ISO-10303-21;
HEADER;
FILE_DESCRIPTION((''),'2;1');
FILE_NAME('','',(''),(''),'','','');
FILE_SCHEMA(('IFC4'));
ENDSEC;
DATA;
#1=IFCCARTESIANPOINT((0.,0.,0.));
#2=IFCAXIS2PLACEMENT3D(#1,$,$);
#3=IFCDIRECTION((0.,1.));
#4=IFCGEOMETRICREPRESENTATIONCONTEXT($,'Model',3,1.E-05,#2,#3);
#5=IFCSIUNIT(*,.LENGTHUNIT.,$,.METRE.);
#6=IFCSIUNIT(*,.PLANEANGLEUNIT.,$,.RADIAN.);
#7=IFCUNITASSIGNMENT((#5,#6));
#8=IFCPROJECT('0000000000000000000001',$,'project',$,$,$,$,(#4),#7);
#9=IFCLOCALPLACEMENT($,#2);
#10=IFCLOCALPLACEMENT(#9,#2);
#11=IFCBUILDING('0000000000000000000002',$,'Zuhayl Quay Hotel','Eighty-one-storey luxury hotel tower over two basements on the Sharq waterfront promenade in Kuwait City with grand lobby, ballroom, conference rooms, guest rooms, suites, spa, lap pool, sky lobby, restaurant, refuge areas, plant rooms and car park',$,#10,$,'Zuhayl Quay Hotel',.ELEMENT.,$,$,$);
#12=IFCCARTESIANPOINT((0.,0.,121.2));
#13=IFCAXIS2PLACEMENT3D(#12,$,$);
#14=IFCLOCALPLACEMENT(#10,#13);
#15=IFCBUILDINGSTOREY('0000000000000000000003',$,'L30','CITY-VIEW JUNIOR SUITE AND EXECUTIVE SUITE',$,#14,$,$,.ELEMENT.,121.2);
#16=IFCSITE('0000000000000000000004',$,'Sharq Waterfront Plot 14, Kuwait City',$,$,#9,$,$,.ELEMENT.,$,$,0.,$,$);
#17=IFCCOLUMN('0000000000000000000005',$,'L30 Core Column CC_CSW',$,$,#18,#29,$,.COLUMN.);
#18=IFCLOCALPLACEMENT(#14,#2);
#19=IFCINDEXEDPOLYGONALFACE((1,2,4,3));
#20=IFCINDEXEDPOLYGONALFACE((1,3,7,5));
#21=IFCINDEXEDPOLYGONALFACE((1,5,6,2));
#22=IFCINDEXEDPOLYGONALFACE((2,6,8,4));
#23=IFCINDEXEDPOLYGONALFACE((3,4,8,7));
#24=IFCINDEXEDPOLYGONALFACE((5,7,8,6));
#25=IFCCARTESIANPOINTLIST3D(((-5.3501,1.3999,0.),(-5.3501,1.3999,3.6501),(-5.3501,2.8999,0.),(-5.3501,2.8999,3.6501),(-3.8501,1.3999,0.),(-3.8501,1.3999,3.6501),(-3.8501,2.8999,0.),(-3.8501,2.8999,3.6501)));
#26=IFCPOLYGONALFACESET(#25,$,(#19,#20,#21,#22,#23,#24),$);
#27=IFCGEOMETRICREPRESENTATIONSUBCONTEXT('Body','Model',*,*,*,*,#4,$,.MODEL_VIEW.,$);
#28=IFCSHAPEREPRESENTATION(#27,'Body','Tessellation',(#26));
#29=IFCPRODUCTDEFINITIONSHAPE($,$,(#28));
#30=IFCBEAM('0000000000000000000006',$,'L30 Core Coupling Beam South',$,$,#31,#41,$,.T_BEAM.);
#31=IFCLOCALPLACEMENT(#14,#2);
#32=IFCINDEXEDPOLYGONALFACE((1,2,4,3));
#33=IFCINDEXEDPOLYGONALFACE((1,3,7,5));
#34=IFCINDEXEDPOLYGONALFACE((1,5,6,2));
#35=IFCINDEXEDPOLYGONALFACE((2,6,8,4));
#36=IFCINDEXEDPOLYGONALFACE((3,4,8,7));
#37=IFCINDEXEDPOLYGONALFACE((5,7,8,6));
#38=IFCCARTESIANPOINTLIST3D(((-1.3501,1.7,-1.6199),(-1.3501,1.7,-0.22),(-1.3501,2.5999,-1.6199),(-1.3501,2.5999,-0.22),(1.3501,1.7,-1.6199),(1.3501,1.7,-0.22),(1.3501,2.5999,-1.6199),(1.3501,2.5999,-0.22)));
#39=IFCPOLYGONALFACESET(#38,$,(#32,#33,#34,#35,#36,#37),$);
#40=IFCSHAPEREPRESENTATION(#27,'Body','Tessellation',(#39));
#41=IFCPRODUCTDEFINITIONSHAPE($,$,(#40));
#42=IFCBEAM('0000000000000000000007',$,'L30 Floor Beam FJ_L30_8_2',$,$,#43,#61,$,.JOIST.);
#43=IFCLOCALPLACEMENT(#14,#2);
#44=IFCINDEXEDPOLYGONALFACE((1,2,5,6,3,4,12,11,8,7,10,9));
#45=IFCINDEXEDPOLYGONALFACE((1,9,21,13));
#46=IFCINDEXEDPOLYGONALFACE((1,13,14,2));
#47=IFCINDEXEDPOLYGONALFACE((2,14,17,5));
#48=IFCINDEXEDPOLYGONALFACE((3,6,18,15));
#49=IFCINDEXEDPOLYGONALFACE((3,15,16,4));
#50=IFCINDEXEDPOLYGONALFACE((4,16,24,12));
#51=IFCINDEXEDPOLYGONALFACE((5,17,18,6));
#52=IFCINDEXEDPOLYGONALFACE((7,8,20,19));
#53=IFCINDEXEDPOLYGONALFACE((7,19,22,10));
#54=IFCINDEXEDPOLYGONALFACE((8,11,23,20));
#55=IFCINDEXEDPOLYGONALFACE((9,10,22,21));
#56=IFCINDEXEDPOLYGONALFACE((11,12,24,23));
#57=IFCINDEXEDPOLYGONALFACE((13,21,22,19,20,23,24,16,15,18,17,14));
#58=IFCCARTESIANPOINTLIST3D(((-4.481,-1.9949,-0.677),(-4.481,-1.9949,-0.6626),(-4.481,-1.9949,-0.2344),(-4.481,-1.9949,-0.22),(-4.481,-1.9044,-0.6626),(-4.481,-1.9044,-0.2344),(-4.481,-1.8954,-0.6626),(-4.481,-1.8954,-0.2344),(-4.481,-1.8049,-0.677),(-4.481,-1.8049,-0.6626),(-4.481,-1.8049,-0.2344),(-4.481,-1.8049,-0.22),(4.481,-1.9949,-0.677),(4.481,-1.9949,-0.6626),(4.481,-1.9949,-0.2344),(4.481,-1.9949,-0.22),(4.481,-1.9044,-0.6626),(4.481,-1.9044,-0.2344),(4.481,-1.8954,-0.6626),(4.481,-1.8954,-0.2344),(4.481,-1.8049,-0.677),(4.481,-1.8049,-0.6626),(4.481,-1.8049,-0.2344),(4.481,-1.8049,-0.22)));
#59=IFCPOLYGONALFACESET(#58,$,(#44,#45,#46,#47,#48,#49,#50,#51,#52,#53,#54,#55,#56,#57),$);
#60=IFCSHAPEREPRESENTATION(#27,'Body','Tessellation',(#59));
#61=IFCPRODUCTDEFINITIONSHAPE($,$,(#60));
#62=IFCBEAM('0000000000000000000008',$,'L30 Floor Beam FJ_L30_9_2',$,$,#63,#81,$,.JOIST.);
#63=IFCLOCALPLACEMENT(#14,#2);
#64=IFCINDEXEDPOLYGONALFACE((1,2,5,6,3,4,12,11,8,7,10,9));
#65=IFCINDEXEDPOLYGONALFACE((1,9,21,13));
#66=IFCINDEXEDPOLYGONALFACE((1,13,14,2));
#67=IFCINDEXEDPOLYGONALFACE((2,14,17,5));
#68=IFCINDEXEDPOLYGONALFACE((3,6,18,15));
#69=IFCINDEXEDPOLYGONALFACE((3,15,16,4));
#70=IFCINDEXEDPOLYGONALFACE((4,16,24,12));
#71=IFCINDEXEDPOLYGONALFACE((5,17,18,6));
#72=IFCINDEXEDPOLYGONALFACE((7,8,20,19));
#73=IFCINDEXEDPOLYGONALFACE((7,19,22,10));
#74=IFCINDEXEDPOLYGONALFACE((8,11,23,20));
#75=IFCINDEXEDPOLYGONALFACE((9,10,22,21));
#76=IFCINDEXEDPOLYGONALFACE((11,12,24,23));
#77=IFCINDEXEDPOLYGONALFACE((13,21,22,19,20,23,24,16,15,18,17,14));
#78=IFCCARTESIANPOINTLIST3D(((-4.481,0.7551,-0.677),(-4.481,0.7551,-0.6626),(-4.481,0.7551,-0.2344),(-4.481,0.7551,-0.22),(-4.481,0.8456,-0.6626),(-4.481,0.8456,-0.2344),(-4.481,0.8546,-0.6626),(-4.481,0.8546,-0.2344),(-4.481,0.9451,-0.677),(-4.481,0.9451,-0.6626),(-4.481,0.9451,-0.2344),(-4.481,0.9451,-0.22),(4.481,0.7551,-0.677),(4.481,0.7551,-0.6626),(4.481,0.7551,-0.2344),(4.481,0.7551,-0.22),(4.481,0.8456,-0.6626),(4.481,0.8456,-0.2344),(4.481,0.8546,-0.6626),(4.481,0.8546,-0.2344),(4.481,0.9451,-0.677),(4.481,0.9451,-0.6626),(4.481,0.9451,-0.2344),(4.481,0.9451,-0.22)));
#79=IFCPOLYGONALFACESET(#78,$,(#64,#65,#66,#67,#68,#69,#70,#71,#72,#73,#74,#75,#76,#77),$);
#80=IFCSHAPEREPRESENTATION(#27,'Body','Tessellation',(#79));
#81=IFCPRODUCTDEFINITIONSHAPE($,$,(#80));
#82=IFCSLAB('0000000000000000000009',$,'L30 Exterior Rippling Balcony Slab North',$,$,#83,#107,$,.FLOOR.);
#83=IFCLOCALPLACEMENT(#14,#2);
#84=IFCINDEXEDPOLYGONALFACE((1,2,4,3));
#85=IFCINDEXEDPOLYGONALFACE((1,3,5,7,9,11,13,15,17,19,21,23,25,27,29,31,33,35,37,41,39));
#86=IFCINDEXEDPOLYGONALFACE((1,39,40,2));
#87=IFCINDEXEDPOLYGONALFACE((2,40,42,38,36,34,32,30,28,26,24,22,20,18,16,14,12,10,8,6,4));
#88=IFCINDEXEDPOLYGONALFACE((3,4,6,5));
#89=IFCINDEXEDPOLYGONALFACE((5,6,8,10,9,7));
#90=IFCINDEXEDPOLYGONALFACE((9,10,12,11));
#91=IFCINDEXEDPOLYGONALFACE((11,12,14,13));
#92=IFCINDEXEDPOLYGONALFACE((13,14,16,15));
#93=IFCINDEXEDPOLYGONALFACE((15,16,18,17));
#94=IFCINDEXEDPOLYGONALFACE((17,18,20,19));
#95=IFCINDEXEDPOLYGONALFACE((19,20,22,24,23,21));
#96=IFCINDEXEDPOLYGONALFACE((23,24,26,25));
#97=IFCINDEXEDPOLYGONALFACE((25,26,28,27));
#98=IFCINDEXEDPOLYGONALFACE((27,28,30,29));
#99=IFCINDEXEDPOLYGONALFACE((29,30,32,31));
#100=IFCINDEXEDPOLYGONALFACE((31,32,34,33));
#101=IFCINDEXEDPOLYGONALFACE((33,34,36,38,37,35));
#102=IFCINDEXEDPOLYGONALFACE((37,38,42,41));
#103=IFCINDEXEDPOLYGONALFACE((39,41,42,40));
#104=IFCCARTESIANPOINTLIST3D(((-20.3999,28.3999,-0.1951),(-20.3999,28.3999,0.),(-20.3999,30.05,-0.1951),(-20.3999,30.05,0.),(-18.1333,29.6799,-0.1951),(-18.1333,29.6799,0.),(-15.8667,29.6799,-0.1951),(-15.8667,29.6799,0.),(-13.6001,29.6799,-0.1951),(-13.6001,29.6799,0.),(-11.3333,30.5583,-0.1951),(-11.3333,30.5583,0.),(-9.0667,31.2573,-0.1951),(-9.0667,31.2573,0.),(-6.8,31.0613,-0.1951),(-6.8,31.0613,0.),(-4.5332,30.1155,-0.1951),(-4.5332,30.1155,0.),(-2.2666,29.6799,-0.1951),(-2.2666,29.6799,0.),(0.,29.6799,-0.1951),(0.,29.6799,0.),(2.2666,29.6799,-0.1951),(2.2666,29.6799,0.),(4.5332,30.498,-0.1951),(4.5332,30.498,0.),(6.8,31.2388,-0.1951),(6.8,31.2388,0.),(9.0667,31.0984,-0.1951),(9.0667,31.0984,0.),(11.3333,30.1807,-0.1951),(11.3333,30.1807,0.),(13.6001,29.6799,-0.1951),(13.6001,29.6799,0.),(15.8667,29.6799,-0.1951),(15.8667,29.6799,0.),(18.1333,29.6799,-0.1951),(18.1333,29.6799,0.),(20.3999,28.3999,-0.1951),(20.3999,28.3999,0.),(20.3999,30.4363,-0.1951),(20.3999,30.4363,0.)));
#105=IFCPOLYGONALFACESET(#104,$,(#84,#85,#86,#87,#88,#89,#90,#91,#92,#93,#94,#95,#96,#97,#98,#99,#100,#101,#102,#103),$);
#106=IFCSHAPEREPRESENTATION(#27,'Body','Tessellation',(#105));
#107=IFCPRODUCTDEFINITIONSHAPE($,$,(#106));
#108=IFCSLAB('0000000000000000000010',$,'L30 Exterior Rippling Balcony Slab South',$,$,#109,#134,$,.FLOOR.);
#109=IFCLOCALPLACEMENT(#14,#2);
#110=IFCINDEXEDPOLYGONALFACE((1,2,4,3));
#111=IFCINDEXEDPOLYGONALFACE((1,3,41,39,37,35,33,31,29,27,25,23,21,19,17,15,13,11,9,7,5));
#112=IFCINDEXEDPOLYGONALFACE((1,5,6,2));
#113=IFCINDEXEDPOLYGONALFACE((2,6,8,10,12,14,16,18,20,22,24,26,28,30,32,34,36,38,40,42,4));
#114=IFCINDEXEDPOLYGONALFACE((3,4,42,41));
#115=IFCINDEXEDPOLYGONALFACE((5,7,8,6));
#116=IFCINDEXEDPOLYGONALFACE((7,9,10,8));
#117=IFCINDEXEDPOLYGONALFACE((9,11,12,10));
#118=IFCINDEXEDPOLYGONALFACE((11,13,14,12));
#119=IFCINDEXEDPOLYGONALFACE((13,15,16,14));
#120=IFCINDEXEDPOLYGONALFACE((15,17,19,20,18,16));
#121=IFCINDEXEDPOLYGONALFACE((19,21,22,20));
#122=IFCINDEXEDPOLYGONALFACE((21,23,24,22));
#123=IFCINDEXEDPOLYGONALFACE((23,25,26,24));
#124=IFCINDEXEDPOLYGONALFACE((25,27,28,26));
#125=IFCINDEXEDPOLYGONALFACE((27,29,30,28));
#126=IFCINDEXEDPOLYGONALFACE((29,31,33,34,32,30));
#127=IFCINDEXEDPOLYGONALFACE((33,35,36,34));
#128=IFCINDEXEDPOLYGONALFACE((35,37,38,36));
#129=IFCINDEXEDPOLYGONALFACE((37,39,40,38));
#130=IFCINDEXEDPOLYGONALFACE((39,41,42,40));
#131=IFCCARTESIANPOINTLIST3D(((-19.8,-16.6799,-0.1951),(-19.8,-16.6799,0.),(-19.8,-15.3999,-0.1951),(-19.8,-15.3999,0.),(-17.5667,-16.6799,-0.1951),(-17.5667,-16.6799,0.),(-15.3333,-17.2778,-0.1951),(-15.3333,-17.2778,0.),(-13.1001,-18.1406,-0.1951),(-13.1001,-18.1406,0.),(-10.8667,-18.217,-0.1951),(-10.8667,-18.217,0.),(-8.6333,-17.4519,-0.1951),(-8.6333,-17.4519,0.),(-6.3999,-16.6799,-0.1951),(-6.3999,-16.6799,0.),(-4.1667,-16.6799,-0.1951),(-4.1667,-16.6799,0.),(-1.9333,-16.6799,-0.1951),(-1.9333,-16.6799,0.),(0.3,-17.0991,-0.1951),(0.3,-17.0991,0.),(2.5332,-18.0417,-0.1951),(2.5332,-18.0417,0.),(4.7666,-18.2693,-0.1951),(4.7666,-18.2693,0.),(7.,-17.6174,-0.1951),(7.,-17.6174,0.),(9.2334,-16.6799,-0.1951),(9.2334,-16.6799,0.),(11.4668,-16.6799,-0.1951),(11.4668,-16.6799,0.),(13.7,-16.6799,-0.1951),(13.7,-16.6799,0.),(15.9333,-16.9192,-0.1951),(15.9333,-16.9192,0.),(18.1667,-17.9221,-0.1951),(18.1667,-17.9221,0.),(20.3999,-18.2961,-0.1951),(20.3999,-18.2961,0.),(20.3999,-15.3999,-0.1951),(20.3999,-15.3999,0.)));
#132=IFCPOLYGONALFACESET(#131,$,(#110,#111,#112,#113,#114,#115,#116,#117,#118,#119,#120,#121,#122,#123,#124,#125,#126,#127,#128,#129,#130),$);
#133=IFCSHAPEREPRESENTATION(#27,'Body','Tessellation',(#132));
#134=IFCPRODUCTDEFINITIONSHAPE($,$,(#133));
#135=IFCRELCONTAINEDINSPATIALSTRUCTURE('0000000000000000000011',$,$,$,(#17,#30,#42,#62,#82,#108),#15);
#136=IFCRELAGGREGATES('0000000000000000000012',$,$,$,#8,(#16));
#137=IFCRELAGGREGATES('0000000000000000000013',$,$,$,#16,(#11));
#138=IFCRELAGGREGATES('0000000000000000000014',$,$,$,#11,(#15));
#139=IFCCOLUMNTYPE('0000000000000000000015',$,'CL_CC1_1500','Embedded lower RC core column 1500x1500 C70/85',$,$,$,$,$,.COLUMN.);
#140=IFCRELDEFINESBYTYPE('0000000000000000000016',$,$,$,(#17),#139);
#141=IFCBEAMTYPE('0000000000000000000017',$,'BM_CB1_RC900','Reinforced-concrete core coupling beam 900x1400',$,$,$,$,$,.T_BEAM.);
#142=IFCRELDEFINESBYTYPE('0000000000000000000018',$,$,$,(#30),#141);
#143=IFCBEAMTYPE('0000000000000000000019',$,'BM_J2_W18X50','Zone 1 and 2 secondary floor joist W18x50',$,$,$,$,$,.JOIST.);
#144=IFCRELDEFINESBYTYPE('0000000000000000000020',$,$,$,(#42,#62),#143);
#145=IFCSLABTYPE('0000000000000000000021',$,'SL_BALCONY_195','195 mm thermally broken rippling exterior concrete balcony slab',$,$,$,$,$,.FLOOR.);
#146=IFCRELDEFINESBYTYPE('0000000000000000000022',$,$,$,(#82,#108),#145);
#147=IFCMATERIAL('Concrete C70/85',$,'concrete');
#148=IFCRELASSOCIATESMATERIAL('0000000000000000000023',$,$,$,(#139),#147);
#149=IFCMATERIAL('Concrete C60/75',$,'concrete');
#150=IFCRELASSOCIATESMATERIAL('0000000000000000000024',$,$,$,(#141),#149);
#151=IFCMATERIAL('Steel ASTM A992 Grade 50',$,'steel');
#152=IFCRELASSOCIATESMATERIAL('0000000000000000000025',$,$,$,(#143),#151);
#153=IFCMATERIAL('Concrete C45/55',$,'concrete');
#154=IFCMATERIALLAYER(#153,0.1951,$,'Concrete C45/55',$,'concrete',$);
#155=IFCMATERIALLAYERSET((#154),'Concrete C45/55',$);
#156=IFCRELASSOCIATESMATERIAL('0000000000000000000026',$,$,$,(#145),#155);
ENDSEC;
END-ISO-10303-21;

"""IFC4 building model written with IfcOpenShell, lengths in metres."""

from ifc_helpers import new_model, si_unit, direction, frame, origin, origin_2d, place, context, subcontext, project, spatial, polyline, rectangle, i_section, outline, extrude, material, layer, layer_set, material_profile, profile_set, type_object, element, save


model = new_model("IFC4")

# Units and contexts
model_context = context("Model", 3, precision=1e-05, world=origin(), true_north=direction((0.0, 1.0)))
body_context = subcontext(model_context, "Body", "Model", "MODEL_VIEW")
ifc_project = project(units=[si_unit("LENGTHUNIT", "METRE"), si_unit("PLANEANGLEUNIT", "RADIAN")], contexts=[model_context])

# Site, building, storey
site_placement = place(None, origin())
site = spatial("IfcSite", under=ifc_project, at=site_placement, Name="Sharq Waterfront Plot 14, Kuwait City", CompositionType="ELEMENT", RefElevation=0.0)
building_placement = place(site_placement, origin())
building = spatial("IfcBuilding", under=site, at=building_placement, Name="Zuhayl Quay Hotel", Description="Eighty-one-storey luxury hotel tower over two basements on the Sharq waterfront promenade in Kuwait City with grand lobby, ballroom, conference rooms, guest rooms, suites, spa, lap pool, sky lobby, restaurant, refuge areas, plant rooms and car park", LongName="Zuhayl Quay Hotel", CompositionType="ELEMENT")
storey_placement = place(building_placement, frame((0.0, 0.0, 121.2)))
storey = spatial("IfcBuildingStorey", under=building, at=storey_placement, Name="L30", Description="CITY-VIEW JUNIOR SUITE AND EXECUTIVE SUITE", CompositionType="ELEMENT", Elevation=121.2)

# Column
ifc_material_1 = material(Name="Concrete C70/85", Category="concrete")
ifc_material_profile_1 = material_profile(ifc_material_1, rectangle(XDim=1.5, YDim=1.5, at=origin_2d()), Name="RC1500X1500")
ifc_profile_set_1 = profile_set([ifc_material_profile_1], Name="Concrete C70/85")
column_type = type_object("IfcColumnType", Name="CL_CC1_1500", Description="Embedded lower RC core column 1500x1500 C70/85", PredefinedType="COLUMN", material=ifc_profile_set_1)
column_placement = place(storey_placement, frame((-4.6001, 2.1499, 0.0), z_axis=(0.0, 0.0, 1.0), x_axis=(1.0, 0.0, 0.0)))
element("IfcColumn", 1, at=column_placement, inside=storey, type_object=column_type, Name="L30 Core Column CC_CSW", PredefinedType="COLUMN", context=body_context, shape_type="SweptSolid", body=[
    extrude(rectangle(XDim=1.5, YDim=1.5, at=origin_2d()), origin(), (0.0, 0.0, 1.0), 3.6501),
])

# Beams
ifc_material_2 = material(Name="Concrete C60/75", Category="concrete")
ifc_material_profile_2 = material_profile(ifc_material_2, rectangle(XDim=0.8999, YDim=1.3999, at=origin_2d()), Name="RC900X1400")
ifc_profile_set_2 = profile_set([ifc_material_profile_2], Name="Concrete C60/75")
beam_type_1 = type_object("IfcBeamType", Name="BM_CB1_RC900", Description="Reinforced-concrete core coupling beam 900x1400", PredefinedType="T_BEAM", material=ifc_profile_set_2)
beam_placement = place(storey_placement, frame((-1.3501, 2.1499, -0.9199), z_axis=(1.0, 0.0, 0.0), x_axis=(0.0, 1.0, 0.0)))
element("IfcBeam", 2, at=beam_placement, inside=storey, type_object=beam_type_1, Name="L30 Core Coupling Beam South", PredefinedType="T_BEAM", context=body_context, shape_type="SweptSolid", body=[
    extrude(rectangle(XDim=0.8999, YDim=1.3999, at=origin_2d()), origin(), (0.0, 0.0, 1.0), 2.7002),
])
ifc_material_3 = material(Name="Steel ASTM A992 Grade 50", Category="steel")
ifc_material_profile_3 = material_profile(ifc_material_3, i_section(OverallWidth=0.1899, OverallDepth=0.457, WebThickness=0.009, FlangeThickness=0.0144, at=origin_2d()), Name="W18X50")
ifc_profile_set_3 = profile_set([ifc_material_profile_3], Name="Steel ASTM A992 Grade 50")
beam_type_2 = type_object("IfcBeamType", Name="BM_J2_W18X50", Description="Zone 1 and 2 secondary floor joist W18x50", PredefinedType="JOIST", material=ifc_profile_set_3)
for number, where, z_axis, x_axis, name in (
    (3, (-4.481, -1.8999, -0.4485), (1.0, 0.0, 0.0), (0.0, 1.0, 0.0), "L30 Floor Beam FJ_L30_8_2"),
    (4, (-4.481, 0.8501, -0.4485), (1.0, 0.0, 0.0), (0.0, 1.0, 0.0), "L30 Floor Beam FJ_L30_9_2"),
):
    element("IfcBeam", number, at=place(storey_placement, frame(where, z_axis=z_axis, x_axis=x_axis)), inside=storey, type_object=beam_type_2, Name=name, PredefinedType="JOIST", context=body_context, shape_type="SweptSolid", body=[
        extrude(i_section(OverallWidth=0.1899, OverallDepth=0.457, WebThickness=0.009, FlangeThickness=0.0144, at=origin_2d()), origin(), (0.0, 0.0, 1.0), 8.9619),
    ])

# Slabs
ifc_material_4 = material(Name="Concrete C45/55", Category="concrete")
ifc_layer_1 = layer(ifc_material_4, 0.1951, Name="Concrete C45/55", Category="concrete")
ifc_layer_set_1 = layer_set([ifc_layer_1], Name="Concrete C45/55")
slab_type_1 = type_object("IfcSlabType", Name="SL_BALCONY_195", Description="195 mm thermally broken rippling exterior concrete balcony slab", PredefinedType="FLOOR", material=ifc_layer_set_1)
slab_1_placement = place(storey_placement, frame((0.0, 0.0, -0.1951)))
element("IfcSlab", 5, at=slab_1_placement, inside=storey, type_object=slab_type_1, Name="L30 Exterior Rippling Balcony Slab North", PredefinedType="FLOOR", context=body_context, shape_type="SweptSolid", body=[
    extrude(outline(polyline([(-20.3999, 28.3999), (20.3999, 28.3999), (20.3999, 30.4363), (18.1333, 29.6799), (15.8667, 29.6799), (13.6001, 29.6799), (11.3333, 30.1807), (9.0667, 31.0984), (6.8, 31.2388), (4.5332, 30.498), (2.2666, 29.6799), (0.0, 29.6799), (-2.2666, 29.6799), (-4.5332, 30.1155), (-6.8, 31.0613), (-9.0667, 31.2573), (-11.3333, 30.5583), (-13.6001, 29.6799), (-15.8667, 29.6799), (-18.1333, 29.6799), (-20.3999, 30.05), (-20.3999, 28.3999)])), origin(), (0.0, 0.0, 1.0), 0.1951),
])
slab_2_placement = place(storey_placement, frame((0.0, 0.0, -0.1951)))
element("IfcSlab", 6, at=slab_2_placement, inside=storey, type_object=slab_type_1, Name="L30 Exterior Rippling Balcony Slab South", PredefinedType="FLOOR", context=body_context, shape_type="SweptSolid", body=[
    extrude(outline(polyline([(-19.8, -16.6799), (-17.5667, -16.6799), (-15.3333, -17.2778), (-13.1001, -18.1406), (-10.8667, -18.217), (-8.6333, -17.4519), (-6.3999, -16.6799), (-4.1667, -16.6799), (-1.9333, -16.6799), (0.3, -17.0991), (2.5332, -18.0417), (4.7666, -18.2693), (7.0, -17.6174), (9.2334, -16.6799), (11.4668, -16.6799), (13.7, -16.6799), (15.9333, -16.9192), (18.1667, -17.9221), (20.3999, -18.2961), (20.3999, -15.3999), (-19.8, -15.3999), (-19.8, -16.6799)])), origin(), (0.0, 0.0, 1.0), 0.1951),
])

save(model, "model.ifc")
